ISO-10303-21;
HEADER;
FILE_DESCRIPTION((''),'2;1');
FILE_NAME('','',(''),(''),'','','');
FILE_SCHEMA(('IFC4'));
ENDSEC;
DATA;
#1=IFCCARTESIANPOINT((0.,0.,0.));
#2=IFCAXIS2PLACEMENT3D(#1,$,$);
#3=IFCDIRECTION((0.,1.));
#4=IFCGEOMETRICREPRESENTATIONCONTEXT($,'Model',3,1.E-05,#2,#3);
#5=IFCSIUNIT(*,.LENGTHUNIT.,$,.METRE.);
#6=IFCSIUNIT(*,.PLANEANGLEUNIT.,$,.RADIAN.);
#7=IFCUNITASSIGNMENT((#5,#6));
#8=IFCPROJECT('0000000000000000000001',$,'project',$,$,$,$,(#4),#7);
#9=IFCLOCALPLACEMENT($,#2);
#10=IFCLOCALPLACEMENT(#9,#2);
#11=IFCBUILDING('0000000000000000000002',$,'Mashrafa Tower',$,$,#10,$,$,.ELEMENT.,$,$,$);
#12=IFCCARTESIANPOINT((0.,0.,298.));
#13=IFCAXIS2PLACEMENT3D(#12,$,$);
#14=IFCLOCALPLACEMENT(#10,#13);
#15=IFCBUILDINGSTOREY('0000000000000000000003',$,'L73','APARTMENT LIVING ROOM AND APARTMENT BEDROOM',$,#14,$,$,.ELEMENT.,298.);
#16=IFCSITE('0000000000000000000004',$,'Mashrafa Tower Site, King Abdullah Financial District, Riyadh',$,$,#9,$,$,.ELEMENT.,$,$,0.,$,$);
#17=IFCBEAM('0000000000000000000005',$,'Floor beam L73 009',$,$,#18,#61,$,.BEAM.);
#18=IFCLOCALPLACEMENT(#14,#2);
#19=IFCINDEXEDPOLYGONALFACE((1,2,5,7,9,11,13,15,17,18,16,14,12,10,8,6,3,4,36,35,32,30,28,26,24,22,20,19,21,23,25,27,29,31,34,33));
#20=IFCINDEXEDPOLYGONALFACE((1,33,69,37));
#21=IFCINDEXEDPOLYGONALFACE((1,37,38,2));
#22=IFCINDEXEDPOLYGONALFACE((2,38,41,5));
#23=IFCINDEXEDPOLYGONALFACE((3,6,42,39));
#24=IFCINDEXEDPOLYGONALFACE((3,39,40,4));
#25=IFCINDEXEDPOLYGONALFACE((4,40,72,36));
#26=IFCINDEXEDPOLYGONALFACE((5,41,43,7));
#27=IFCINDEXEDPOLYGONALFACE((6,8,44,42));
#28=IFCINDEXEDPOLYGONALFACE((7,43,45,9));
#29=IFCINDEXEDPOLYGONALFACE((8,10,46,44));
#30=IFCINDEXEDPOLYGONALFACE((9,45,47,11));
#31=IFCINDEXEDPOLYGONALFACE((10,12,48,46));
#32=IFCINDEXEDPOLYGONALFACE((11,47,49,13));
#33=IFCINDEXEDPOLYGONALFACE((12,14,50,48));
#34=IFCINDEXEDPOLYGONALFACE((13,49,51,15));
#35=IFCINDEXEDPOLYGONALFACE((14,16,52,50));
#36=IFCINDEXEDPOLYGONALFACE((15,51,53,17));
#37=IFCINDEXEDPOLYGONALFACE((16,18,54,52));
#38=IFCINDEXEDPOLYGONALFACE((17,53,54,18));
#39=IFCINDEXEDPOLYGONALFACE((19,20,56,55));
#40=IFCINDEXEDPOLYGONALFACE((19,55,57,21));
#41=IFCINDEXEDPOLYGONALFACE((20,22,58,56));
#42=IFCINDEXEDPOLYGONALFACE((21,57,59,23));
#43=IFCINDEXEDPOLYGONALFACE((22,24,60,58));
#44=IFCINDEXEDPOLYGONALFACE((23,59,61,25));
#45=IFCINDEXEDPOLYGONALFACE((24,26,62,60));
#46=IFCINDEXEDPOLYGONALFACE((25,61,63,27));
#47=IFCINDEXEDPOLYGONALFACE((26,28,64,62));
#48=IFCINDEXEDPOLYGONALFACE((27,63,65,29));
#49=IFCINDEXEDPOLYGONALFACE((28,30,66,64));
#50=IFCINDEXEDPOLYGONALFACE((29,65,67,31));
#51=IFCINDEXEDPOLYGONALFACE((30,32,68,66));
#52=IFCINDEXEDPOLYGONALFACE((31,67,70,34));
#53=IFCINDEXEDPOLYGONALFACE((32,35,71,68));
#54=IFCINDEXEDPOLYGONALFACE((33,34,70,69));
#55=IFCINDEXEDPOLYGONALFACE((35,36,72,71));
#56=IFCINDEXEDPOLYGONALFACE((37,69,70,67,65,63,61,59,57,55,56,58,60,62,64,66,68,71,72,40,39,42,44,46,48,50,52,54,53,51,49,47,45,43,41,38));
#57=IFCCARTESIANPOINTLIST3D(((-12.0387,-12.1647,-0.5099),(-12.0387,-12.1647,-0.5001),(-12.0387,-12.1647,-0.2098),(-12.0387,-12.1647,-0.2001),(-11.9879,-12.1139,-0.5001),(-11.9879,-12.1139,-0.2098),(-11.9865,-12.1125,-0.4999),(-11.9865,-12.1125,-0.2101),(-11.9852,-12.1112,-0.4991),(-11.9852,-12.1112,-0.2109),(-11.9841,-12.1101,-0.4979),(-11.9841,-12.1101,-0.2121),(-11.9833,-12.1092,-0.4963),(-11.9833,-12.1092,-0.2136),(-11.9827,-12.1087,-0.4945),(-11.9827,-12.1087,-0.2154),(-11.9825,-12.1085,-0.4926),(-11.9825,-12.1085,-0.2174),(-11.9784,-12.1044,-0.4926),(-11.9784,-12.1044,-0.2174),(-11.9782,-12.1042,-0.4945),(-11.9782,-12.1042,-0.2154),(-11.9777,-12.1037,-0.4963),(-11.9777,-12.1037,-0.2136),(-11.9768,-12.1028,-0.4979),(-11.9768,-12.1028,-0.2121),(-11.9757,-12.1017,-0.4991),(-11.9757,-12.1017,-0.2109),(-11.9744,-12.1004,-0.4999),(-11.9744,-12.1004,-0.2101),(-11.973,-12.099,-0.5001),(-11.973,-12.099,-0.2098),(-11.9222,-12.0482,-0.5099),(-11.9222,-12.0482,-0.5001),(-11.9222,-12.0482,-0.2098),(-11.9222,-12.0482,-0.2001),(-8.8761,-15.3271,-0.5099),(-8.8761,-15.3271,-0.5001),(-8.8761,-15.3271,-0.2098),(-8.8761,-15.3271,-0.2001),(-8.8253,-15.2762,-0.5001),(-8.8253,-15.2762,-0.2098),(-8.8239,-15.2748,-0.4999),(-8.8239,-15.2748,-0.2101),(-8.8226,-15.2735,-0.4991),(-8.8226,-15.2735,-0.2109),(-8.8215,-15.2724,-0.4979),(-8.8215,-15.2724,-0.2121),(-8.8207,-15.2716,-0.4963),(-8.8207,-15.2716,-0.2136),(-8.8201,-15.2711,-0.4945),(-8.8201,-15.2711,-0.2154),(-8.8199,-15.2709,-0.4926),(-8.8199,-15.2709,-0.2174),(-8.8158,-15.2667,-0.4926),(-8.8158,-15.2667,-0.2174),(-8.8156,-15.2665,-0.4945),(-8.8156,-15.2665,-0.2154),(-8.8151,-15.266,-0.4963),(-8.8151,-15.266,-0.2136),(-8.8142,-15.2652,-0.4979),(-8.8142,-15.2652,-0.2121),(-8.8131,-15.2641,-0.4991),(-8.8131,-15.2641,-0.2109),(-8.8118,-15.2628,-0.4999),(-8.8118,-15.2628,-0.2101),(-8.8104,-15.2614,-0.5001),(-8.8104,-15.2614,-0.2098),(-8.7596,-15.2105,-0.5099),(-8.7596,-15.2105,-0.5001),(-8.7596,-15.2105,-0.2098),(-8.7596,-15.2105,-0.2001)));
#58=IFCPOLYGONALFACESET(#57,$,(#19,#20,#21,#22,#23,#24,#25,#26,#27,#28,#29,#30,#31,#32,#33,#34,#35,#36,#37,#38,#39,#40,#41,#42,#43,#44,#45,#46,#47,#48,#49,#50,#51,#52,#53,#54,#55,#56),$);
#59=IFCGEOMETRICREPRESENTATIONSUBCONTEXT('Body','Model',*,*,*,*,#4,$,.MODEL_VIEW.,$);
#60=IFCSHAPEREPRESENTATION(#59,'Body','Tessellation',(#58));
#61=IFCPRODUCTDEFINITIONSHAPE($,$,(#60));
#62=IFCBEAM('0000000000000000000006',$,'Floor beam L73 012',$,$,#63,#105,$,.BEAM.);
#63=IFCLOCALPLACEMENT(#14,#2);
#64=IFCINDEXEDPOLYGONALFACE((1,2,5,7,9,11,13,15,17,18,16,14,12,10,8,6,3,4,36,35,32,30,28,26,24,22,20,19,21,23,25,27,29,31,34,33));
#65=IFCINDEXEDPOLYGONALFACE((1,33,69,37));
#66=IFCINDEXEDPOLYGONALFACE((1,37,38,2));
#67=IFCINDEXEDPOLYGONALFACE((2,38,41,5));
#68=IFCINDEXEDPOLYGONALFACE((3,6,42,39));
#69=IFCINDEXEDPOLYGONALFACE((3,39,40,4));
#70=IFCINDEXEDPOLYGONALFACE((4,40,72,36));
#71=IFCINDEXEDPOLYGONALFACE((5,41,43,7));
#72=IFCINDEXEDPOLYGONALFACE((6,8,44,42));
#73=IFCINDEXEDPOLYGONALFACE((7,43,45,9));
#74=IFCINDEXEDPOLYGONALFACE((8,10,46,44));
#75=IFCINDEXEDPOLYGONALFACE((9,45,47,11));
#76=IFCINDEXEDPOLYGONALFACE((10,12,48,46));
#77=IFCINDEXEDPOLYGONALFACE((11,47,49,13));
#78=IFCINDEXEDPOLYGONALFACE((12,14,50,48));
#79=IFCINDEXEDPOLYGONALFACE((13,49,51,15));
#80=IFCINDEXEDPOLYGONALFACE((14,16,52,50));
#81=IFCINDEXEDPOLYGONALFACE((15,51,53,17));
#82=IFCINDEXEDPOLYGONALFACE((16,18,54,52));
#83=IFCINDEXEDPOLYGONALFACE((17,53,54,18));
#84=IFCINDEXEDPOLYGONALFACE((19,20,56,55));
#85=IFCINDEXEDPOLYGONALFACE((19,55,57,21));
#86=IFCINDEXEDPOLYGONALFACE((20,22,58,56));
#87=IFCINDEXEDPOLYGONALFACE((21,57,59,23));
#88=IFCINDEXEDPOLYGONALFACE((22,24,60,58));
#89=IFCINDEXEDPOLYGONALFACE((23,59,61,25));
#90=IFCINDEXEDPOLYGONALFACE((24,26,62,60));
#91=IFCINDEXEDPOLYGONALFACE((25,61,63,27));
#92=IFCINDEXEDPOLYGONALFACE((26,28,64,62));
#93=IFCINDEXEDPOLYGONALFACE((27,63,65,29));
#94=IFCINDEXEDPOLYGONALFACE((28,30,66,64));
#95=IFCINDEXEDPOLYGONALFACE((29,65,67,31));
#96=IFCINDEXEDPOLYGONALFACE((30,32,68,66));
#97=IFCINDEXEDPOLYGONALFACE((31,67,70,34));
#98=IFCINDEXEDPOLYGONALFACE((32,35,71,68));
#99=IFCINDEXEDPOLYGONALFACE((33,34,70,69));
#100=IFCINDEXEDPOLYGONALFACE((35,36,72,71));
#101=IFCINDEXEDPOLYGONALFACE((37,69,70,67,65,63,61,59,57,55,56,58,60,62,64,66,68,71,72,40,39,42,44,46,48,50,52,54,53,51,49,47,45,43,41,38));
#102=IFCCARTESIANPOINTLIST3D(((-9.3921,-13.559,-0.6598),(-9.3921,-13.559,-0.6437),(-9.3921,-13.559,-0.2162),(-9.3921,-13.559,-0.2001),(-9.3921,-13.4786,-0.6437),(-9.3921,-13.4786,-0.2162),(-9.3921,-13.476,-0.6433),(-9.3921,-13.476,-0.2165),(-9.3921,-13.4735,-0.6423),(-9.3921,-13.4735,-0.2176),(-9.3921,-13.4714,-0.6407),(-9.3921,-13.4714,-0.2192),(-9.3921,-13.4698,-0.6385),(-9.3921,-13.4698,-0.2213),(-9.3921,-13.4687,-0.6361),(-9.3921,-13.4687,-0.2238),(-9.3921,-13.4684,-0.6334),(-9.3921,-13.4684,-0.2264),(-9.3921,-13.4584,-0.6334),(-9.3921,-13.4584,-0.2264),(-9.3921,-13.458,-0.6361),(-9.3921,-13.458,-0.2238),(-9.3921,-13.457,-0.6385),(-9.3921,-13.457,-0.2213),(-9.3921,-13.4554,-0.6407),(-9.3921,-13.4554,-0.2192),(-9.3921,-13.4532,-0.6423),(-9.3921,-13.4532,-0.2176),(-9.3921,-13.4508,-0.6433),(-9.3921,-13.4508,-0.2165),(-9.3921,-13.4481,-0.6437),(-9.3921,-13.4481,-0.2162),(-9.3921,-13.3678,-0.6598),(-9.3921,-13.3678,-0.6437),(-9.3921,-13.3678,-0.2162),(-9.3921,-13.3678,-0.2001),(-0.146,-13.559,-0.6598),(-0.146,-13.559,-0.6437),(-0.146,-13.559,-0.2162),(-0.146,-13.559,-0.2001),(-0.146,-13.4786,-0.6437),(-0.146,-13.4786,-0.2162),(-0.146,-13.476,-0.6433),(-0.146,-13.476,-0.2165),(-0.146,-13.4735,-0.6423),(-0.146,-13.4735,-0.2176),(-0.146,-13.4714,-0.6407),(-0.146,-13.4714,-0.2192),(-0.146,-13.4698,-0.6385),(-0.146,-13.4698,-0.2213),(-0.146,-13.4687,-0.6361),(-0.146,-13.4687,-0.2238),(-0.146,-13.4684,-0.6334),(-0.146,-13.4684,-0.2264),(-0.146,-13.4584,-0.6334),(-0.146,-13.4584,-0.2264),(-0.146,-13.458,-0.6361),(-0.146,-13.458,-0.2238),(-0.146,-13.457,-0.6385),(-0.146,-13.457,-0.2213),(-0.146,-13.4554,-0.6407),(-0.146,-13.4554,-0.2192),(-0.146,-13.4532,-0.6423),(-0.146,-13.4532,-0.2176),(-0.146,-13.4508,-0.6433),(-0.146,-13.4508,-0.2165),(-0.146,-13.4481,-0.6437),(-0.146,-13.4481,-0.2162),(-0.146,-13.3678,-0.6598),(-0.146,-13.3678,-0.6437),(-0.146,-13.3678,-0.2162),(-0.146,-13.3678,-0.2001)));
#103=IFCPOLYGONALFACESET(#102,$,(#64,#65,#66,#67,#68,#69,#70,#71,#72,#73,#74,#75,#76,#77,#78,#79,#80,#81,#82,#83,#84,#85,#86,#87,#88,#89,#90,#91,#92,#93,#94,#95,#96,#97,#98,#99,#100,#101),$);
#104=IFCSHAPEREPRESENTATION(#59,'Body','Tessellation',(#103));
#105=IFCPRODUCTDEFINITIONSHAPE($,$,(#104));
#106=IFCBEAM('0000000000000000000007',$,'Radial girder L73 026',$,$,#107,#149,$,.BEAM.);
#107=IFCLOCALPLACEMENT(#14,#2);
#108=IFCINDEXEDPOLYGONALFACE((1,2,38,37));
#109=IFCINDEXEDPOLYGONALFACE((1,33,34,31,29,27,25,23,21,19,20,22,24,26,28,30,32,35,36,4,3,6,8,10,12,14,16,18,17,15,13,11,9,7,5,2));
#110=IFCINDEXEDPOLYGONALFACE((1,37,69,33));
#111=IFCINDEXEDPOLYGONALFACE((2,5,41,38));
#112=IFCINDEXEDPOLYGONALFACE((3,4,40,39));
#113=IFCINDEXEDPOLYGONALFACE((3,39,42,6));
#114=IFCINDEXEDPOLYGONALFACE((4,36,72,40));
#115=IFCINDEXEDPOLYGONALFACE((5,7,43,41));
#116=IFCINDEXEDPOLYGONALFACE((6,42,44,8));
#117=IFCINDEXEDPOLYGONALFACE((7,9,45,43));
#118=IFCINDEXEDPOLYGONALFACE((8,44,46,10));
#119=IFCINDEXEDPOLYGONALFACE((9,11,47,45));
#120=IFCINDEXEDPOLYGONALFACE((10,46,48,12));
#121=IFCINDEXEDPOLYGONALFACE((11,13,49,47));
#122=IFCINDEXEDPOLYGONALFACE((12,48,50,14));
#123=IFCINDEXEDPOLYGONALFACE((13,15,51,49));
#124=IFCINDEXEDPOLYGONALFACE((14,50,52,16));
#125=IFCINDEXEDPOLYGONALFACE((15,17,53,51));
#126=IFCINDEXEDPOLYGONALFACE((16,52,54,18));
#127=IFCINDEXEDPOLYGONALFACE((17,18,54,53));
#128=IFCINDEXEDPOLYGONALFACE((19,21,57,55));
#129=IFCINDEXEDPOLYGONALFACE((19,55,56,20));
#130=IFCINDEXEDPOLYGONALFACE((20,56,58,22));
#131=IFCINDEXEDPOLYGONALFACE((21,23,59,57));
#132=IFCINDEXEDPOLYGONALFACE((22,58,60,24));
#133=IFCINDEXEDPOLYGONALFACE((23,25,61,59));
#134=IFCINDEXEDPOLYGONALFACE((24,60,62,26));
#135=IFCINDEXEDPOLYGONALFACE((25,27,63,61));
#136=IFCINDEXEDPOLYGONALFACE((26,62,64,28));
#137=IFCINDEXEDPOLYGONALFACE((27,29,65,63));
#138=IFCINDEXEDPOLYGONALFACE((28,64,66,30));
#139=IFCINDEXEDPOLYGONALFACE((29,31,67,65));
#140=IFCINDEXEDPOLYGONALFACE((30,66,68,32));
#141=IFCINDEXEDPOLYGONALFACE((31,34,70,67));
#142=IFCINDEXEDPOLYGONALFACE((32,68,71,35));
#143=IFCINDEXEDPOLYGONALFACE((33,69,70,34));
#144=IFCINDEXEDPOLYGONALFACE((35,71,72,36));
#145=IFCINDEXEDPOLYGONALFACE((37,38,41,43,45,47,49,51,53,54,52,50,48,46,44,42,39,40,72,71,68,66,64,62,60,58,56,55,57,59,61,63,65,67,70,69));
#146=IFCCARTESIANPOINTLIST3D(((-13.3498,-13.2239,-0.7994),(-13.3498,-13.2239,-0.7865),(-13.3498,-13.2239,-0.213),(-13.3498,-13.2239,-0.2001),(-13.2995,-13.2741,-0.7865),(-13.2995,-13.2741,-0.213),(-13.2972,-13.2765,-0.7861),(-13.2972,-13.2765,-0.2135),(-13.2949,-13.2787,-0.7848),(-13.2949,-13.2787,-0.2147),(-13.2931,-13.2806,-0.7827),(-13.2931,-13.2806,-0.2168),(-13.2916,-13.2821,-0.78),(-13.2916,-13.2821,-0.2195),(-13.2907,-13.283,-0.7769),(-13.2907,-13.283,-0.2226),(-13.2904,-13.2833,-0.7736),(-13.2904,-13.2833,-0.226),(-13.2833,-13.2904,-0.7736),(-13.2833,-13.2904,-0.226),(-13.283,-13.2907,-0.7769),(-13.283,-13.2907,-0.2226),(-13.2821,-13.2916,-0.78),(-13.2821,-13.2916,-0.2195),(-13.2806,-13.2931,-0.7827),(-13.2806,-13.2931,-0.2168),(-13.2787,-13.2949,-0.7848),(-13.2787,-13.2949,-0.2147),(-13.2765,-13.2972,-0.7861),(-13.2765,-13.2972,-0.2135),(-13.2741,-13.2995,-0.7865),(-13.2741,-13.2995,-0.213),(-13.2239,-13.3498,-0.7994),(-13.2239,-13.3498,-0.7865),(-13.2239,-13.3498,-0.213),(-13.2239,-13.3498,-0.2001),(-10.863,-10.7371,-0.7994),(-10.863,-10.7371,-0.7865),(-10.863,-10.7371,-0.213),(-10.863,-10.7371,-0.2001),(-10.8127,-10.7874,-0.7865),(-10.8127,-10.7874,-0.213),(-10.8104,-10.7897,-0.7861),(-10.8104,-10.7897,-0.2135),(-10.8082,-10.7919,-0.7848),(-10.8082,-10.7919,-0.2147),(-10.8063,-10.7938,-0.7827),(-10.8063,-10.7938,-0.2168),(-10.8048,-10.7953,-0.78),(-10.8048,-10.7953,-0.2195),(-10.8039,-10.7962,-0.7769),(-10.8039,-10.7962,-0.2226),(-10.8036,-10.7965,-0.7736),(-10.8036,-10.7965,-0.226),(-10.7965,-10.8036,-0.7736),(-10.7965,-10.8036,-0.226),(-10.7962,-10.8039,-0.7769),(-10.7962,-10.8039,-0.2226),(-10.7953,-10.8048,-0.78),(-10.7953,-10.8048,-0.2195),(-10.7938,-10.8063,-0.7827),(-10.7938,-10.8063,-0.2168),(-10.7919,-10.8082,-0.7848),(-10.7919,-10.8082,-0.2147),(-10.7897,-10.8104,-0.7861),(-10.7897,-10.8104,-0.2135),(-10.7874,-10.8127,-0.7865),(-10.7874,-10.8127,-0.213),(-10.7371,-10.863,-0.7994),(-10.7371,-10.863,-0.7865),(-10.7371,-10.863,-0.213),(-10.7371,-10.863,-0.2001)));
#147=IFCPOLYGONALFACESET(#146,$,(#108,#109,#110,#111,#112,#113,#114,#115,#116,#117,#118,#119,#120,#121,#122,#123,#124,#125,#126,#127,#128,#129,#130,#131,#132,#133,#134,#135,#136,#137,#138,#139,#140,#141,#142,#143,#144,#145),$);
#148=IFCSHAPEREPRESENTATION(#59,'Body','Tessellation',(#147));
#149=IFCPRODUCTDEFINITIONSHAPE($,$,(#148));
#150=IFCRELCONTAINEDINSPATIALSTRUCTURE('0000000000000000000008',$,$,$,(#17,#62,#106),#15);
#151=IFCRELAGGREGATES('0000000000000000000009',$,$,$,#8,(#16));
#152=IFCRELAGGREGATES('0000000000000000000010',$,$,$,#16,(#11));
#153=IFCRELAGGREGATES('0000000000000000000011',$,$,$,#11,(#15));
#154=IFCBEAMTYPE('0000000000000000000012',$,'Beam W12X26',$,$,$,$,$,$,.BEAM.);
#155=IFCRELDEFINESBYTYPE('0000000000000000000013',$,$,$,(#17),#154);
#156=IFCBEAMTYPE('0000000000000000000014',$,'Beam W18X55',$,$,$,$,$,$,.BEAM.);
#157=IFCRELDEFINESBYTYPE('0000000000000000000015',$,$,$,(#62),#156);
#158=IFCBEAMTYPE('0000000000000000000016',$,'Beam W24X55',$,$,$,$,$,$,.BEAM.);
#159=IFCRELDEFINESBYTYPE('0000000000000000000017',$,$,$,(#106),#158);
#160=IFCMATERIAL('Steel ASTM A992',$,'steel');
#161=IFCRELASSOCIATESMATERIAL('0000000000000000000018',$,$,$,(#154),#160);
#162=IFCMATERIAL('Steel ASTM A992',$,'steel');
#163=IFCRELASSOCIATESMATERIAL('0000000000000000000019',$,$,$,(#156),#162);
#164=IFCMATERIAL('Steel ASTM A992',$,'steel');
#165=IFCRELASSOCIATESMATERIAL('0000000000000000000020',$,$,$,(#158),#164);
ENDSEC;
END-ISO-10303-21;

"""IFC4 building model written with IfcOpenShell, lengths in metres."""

from ifc_helpers import new_model, si_unit, direction, frame, origin, origin_2d, place, context, subcontext, project, spatial, i_section, extrude, material, material_profile, profile_set, type_object, element, save


model = new_model("IFC4")

# Units and contexts
model_context = context("Model", 3, precision=1e-05, world=origin(), true_north=direction((0.0, 1.0)))
body_context = subcontext(model_context, "Body", "Model", "MODEL_VIEW")
ifc_project = project(units=[si_unit("LENGTHUNIT", "METRE"), si_unit("PLANEANGLEUNIT", "RADIAN")], contexts=[model_context])

# Site, building, storey
site_placement = place(None, origin())
site = spatial("IfcSite", under=ifc_project, at=site_placement, Name="Mashrafa Tower Site, King Abdullah Financial District, Riyadh", CompositionType="ELEMENT", RefElevation=0.0)
building_placement = place(site_placement, origin())
building = spatial("IfcBuilding", under=site, at=building_placement, Name="Mashrafa Tower", CompositionType="ELEMENT")
storey_placement = place(building_placement, frame((0.0, 0.0, 298.0)))
storey = spatial("IfcBuildingStorey", under=building, at=storey_placement, Name="L73", Description="APARTMENT LIVING ROOM AND APARTMENT BEDROOM", CompositionType="ELEMENT", Elevation=298.0)

# Beams
ifc_material_1 = material(Name="Steel ASTM A992", Category="steel")
ifc_material_profile_1 = material_profile(ifc_material_1, i_section(OverallWidth=0.1648, OverallDepth=0.3098, WebThickness=0.0059, FlangeThickness=0.0098, FilletRadius=0.0076, at=origin_2d()), Name="W12X26")
ifc_profile_set_1 = profile_set([ifc_material_profile_1], Name="Steel ASTM A992")
beam_type_1 = type_object("IfcBeamType", Name="Beam W12X26", PredefinedType="BEAM", material=ifc_profile_set_1)
beam_1_placement = place(storey_placement, frame((-8.8179, -15.2688, -0.355), z_axis=(-0.707134, 0.707079, 0.0), x_axis=(-0.707079, -0.707134, 0.0)))
element("IfcBeam", 1, at=beam_1_placement, inside=storey, type_object=beam_type_1, Name="Floor beam L73 009", PredefinedType="BEAM", context=body_context, shape_type="SweptSolid", body=[
    extrude(i_section(OverallWidth=0.1648, OverallDepth=0.3098, WebThickness=0.0059, FlangeThickness=0.0098, FilletRadius=0.0076, at=origin_2d()), origin(), (0.0, 0.0, 1.0), 4.4724),
])
ifc_material_2 = material(Name="Steel ASTM A992", Category="steel")
ifc_material_profile_2 = material_profile(ifc_material_2, i_section(OverallWidth=0.1912, OverallDepth=0.4597, WebThickness=0.01, FlangeThickness=0.0161, FilletRadius=0.0103, at=origin_2d()), Name="W18X55")
ifc_profile_set_2 = profile_set([ifc_material_profile_2], Name="Steel ASTM A992")
beam_type_2 = type_object("IfcBeamType", Name="Beam W18X55", PredefinedType="BEAM", material=ifc_profile_set_2)
beam_2_placement = place(storey_placement, frame((-0.146, -13.4634, -0.4299), z_axis=(-1.0, 0.0, 0.0), x_axis=(0.0, -1.0, 0.0)))
element("IfcBeam", 2, at=beam_2_placement, inside=storey, type_object=beam_type_2, Name="Floor beam L73 012", PredefinedType="BEAM", context=body_context, shape_type="SweptSolid", body=[
    extrude(i_section(OverallWidth=0.1912, OverallDepth=0.4597, WebThickness=0.01, FlangeThickness=0.0161, FilletRadius=0.0103, at=origin_2d()), origin(), (0.0, 0.0, 1.0), 9.2461),
])
ifc_material_3 = material(Name="Steel ASTM A992", Category="steel")
ifc_material_profile_3 = material_profile(ifc_material_3, i_section(OverallWidth=0.178, OverallDepth=0.5994, WebThickness=0.01, FlangeThickness=0.0129, FilletRadius=0.0129, at=origin_2d()), Name="W24X55")
ifc_profile_set_3 = profile_set([ifc_material_profile_3], Name="Steel ASTM A992")
beam_type_3 = type_object("IfcBeamType", Name="Beam W24X55", PredefinedType="BEAM", material=ifc_profile_set_3)
beam_3_placement = place(storey_placement, frame((-10.8, -10.8, -0.4998), z_axis=(-0.707107, -0.707107, 0.0), x_axis=(0.707107, -0.707107, 0.0)))
element("IfcBeam", 3, at=beam_3_placement, inside=storey, type_object=beam_type_3, Name="Radial girder L73 026", PredefinedType="BEAM", context=body_context, shape_type="SweptSolid", body=[
    extrude(i_section(OverallWidth=0.178, OverallDepth=0.5994, WebThickness=0.01, FlangeThickness=0.0129, FilletRadius=0.0129, at=origin_2d()), origin(), (0.0, 0.0, 1.0), 3.5168),
])

save(model, "model.ifc")
